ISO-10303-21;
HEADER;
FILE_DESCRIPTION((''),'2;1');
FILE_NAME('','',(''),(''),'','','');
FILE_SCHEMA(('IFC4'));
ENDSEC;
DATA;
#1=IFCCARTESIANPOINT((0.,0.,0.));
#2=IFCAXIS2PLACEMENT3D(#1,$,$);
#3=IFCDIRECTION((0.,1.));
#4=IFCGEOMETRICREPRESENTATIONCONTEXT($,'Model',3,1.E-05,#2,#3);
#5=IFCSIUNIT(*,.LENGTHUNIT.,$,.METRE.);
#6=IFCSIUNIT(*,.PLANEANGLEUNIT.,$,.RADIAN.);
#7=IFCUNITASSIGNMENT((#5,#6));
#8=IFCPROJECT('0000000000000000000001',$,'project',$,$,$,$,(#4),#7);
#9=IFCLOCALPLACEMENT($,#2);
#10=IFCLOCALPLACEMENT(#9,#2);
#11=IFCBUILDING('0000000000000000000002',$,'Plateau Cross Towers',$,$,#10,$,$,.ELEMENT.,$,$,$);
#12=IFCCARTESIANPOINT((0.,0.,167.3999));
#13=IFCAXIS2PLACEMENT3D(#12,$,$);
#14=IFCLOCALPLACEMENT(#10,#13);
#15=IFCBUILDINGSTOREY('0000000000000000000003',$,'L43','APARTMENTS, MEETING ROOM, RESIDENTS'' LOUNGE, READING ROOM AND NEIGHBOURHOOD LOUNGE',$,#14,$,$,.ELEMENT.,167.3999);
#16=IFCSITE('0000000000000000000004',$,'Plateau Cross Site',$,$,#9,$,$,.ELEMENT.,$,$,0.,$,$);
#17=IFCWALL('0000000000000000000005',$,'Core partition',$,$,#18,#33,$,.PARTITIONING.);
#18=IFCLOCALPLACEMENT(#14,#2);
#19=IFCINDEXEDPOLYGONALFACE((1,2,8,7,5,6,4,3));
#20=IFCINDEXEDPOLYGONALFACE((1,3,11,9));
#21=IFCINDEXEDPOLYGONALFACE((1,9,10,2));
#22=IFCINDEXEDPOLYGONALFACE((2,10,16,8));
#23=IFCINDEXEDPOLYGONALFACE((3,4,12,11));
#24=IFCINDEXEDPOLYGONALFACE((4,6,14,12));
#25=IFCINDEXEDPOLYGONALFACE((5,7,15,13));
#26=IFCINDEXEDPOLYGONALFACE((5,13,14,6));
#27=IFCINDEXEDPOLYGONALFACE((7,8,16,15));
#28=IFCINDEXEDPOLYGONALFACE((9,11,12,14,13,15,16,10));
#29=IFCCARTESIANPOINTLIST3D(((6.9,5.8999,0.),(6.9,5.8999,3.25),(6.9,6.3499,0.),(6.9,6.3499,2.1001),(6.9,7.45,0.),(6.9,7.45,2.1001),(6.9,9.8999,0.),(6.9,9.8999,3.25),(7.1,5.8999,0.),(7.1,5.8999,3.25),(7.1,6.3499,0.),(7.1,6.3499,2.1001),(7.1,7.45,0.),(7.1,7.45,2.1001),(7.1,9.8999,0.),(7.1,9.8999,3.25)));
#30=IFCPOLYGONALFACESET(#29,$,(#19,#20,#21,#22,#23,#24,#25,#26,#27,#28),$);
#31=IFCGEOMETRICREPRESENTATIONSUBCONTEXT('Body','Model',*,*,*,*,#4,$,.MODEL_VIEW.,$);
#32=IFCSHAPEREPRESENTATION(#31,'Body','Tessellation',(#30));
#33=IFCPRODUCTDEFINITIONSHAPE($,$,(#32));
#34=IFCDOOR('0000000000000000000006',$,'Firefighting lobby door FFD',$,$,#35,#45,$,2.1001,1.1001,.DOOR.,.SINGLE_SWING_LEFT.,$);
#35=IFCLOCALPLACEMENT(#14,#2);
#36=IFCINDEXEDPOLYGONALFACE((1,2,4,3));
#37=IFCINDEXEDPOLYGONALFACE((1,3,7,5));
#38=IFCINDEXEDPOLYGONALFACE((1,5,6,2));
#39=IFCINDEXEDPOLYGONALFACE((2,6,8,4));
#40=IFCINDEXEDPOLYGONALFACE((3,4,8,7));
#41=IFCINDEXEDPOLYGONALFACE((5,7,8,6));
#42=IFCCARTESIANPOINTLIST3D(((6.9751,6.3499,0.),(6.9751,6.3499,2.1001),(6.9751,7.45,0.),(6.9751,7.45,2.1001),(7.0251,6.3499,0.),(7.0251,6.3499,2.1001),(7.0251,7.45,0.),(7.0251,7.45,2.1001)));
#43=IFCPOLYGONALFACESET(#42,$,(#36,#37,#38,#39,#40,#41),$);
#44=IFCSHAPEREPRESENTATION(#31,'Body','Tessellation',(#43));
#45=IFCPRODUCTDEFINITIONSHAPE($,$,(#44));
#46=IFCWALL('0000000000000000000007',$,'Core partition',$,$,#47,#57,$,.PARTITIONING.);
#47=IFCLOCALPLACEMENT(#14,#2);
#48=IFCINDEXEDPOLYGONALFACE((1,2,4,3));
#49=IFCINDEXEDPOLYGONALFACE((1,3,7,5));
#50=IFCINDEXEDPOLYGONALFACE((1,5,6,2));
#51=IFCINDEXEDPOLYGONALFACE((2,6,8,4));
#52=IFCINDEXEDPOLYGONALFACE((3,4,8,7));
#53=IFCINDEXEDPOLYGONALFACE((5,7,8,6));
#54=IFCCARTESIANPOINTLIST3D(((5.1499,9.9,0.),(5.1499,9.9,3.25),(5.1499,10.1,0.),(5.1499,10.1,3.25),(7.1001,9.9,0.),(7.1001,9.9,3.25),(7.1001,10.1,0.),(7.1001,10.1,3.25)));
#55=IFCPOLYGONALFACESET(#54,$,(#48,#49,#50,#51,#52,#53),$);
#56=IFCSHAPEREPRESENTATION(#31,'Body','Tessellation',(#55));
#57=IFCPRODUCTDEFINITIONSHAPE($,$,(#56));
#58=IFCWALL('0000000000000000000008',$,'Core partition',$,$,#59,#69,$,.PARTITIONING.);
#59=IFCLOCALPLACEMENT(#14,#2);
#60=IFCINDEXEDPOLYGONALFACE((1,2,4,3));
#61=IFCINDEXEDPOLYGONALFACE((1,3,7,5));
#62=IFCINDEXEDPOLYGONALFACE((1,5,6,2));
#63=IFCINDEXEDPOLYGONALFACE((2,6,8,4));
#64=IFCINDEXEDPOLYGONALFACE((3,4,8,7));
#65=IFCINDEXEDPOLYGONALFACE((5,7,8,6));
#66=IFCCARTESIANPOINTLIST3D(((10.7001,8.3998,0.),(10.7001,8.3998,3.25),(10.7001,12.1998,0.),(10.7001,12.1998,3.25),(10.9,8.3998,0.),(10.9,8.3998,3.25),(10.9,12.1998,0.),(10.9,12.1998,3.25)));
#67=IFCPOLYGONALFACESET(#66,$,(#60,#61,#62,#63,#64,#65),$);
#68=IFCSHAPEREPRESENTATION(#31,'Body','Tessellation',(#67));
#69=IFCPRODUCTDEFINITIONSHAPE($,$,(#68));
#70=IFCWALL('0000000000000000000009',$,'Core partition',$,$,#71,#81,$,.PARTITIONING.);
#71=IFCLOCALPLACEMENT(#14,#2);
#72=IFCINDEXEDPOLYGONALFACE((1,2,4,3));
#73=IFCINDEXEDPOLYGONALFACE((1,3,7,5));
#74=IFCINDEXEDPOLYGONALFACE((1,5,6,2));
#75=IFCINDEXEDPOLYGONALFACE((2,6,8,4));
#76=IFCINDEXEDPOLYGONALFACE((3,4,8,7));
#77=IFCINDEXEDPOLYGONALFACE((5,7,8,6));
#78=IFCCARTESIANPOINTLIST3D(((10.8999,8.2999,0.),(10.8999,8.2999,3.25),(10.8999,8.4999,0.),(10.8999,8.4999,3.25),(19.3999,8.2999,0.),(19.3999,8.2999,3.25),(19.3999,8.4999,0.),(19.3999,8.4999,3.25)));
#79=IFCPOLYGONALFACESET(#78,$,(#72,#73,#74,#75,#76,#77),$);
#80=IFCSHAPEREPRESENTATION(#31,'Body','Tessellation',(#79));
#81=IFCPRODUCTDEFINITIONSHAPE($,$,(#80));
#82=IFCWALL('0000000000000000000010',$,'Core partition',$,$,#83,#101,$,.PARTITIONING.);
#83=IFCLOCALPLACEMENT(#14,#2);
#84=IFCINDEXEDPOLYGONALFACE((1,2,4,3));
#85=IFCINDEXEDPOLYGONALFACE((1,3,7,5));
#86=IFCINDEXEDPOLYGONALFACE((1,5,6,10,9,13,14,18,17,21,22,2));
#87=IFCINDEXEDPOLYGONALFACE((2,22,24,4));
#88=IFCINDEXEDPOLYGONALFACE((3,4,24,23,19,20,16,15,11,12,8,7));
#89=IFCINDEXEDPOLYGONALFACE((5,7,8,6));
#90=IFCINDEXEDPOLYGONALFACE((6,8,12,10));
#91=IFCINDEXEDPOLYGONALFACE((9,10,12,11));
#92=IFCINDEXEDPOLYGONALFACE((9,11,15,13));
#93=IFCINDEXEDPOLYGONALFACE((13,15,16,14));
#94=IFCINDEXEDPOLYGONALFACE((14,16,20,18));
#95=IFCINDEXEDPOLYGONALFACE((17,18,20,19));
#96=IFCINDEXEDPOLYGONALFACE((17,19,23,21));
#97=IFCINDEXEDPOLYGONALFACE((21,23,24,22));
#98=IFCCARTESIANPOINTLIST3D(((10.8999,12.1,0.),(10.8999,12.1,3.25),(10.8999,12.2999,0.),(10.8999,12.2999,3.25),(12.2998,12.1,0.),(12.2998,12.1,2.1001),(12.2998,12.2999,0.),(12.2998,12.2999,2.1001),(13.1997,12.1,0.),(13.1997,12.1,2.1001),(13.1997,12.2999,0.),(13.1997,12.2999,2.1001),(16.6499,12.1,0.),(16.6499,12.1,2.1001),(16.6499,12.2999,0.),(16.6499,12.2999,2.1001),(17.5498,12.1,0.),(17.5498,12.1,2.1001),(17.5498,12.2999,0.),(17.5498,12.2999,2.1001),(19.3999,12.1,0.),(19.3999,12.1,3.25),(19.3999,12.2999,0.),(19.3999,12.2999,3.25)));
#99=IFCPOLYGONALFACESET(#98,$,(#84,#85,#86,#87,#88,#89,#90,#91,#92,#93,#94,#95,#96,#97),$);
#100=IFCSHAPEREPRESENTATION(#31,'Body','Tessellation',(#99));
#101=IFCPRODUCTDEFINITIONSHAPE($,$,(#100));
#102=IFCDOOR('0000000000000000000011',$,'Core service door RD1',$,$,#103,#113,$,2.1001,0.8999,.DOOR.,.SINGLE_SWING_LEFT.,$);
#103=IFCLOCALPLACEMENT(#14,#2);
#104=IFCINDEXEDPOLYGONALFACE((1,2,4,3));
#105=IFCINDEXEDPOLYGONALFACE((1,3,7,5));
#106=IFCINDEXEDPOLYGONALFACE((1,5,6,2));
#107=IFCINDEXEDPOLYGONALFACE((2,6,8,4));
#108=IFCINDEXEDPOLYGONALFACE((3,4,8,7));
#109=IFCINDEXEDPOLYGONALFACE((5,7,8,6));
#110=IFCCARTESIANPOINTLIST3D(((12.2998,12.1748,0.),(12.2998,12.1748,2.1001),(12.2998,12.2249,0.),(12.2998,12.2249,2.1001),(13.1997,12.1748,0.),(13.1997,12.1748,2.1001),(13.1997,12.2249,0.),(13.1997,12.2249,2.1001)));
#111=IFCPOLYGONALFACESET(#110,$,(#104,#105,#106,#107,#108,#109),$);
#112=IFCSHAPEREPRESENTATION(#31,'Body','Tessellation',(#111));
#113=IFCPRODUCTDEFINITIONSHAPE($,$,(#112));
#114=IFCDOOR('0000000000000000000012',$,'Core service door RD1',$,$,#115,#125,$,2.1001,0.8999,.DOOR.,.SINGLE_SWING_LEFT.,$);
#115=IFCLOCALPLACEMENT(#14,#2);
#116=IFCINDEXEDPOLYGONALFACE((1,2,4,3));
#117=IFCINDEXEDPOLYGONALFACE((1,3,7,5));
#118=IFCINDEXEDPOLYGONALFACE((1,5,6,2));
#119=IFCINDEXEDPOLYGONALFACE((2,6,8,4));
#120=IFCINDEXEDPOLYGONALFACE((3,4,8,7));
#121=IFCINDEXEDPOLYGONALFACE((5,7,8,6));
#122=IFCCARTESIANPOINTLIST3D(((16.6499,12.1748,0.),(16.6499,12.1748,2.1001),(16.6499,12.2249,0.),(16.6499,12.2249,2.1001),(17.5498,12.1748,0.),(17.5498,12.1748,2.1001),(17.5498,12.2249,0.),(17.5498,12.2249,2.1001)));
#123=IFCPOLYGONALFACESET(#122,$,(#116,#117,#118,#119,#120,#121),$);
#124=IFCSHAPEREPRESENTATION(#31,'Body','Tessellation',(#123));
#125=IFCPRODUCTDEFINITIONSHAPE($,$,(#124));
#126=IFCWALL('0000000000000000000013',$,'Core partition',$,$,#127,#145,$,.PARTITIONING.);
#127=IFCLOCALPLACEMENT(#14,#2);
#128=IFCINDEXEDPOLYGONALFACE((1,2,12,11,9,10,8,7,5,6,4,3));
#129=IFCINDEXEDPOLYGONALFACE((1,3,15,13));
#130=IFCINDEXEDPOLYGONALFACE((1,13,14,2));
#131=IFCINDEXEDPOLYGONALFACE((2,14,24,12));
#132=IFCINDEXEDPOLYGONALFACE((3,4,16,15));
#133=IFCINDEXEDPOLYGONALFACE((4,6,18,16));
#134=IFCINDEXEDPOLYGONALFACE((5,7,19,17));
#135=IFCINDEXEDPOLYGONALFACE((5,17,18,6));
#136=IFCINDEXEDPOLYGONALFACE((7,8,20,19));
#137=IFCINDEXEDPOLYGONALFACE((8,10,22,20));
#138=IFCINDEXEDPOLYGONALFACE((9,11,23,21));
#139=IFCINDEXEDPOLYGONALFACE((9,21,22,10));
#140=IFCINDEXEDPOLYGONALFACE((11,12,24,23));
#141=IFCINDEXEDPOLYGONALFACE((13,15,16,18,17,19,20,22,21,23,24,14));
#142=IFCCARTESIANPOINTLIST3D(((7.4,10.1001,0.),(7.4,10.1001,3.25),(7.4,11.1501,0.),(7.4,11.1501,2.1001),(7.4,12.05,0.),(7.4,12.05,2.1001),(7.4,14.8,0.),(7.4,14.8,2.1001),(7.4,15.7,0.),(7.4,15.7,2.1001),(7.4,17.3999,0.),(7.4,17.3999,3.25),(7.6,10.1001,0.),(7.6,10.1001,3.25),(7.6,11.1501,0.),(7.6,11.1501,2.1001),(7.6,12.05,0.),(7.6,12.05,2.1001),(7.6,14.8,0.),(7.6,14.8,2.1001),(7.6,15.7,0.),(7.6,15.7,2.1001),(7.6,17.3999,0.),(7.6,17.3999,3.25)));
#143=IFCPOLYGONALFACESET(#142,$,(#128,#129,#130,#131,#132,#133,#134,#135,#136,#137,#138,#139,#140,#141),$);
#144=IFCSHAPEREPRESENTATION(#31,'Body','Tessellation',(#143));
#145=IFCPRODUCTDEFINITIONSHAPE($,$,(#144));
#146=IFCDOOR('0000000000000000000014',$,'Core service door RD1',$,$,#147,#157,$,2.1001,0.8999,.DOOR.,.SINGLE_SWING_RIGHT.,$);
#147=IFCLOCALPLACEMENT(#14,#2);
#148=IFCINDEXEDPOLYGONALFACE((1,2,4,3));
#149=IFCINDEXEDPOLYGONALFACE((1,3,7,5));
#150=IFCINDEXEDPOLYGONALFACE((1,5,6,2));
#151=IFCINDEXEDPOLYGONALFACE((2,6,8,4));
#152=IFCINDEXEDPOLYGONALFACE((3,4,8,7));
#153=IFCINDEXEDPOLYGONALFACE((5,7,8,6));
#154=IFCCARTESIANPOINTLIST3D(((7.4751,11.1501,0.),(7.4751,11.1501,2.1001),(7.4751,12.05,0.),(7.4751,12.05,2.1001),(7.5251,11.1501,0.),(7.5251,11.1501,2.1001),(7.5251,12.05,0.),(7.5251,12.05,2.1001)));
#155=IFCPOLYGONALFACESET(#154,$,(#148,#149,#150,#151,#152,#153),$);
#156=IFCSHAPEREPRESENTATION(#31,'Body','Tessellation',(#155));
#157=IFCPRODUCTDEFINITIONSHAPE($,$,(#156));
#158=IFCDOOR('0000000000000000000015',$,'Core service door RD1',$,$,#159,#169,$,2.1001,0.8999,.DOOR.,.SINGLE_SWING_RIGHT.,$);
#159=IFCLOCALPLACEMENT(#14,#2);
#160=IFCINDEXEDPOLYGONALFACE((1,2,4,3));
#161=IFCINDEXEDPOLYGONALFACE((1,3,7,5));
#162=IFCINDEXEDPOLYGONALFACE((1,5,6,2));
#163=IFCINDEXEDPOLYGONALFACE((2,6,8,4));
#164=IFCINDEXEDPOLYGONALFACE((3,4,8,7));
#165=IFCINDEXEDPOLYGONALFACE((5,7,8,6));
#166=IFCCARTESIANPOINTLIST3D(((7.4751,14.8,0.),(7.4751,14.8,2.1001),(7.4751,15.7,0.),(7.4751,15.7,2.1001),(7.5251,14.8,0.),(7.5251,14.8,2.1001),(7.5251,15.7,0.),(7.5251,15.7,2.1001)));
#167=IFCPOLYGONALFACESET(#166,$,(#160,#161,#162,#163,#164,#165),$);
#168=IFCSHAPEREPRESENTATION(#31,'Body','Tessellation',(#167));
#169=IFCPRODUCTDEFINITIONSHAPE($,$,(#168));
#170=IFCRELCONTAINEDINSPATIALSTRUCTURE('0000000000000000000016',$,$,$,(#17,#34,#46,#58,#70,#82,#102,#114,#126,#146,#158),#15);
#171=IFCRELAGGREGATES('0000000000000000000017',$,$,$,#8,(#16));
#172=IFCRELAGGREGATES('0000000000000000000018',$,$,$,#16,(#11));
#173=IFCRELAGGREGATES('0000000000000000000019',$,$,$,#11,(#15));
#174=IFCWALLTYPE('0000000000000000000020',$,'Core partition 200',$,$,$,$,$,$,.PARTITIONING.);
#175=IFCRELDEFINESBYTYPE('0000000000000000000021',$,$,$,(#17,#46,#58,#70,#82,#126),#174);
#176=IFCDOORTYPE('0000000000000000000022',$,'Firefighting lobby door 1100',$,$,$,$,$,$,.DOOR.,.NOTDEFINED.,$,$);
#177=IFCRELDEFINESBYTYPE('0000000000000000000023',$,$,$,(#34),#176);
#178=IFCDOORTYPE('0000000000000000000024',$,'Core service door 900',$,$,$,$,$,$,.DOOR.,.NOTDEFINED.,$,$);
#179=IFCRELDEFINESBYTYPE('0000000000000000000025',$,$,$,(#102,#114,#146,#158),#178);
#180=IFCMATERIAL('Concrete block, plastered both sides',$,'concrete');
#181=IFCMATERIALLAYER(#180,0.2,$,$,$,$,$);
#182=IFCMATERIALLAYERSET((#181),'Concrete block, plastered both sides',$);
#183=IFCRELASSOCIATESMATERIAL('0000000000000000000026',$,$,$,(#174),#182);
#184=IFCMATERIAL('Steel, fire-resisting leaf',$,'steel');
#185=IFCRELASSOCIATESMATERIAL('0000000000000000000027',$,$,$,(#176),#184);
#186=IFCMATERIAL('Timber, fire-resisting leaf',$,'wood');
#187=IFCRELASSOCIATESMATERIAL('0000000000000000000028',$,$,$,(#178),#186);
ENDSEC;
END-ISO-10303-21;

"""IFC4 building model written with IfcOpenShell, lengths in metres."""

from ifc_helpers import new_model, si_unit, direction, frame, frame_2d, origin, place, context, subcontext, project, spatial, rectangle, extrude, material, layer, layer_set, type_object, element, fill, save


model = new_model("IFC4")

# Units and contexts
model_context = context("Model", 3, precision=1e-05, world=origin(), true_north=direction((0.0, 1.0)))
body_context = subcontext(model_context, "Body", "Model", "MODEL_VIEW")
ifc_project = project(units=[si_unit("LENGTHUNIT", "METRE"), si_unit("PLANEANGLEUNIT", "RADIAN")], contexts=[model_context])

# Site, building, storey
site_placement = place(None, origin())
site = spatial("IfcSite", under=ifc_project, at=site_placement, Name="Plateau Cross Site", CompositionType="ELEMENT", RefElevation=0.0)
building_placement = place(site_placement, origin())
building = spatial("IfcBuilding", under=site, at=building_placement, Name="Plateau Cross Towers", CompositionType="ELEMENT")
storey_placement = place(building_placement, frame((0.0, 0.0, 167.3999)))
storey = spatial("IfcBuildingStorey", under=building, at=storey_placement, Name="L43", Description="APARTMENTS, MEETING ROOM, RESIDENTS' LOUNGE, READING ROOM AND NEIGHBOURHOOD LOUNGE", CompositionType="ELEMENT", Elevation=167.3999)

# Wall, opening, door
ifc_material_1 = material(Name="Concrete block, plastered both sides", Category="concrete")
ifc_layer_1 = layer(ifc_material_1, 0.2)
ifc_layer_set_1 = layer_set([ifc_layer_1], Name="Concrete block, plastered both sides")
wall_type_1 = type_object("IfcWallType", Name="Core partition 200", PredefinedType="PARTITIONING", material=ifc_layer_set_1)
wall_1_placement = place(storey_placement, frame((7.0, 5.8999, 0.0), z_axis=(0.0, 0.0, 1.0), x_axis=(0.0, 1.0, 0.0)))
wall_1 = element("IfcWall", 1, at=wall_1_placement, inside=storey, type_object=wall_type_1, Name="Core partition", PredefinedType="PARTITIONING", context=body_context, shape_type="SweptSolid", body=[
    extrude(rectangle(XDim=4.0, YDim=0.2, at=frame_2d((2.0, 0.0))), origin(), (0.0, 0.0, 1.0), 3.25),
])
opening_1_placement = place(wall_1_placement, frame((0.45, 0.0, 0.0)))
opening_1 = element("IfcOpeningElement", 2, at=opening_1_placement, cuts=wall_1, PredefinedType="OPENING", context=body_context, shape_type="SweptSolid", body=[
    extrude(rectangle(XDim=1.1001, YDim=2.1001, at=frame_2d((0.55, 1.05))), frame((0.0, 0.1099, 0.0), z_axis=(0.0, -1.0, 0.0), x_axis=(1.0, 0.0, 0.0)), (0.0, 0.0, 1.0), 0.22),
])
ifc_material_2 = material(Name="Steel, fire-resisting leaf", Category="steel")
door_type_1 = type_object("IfcDoorType", Name="Firefighting lobby door 1100", OperationType="NOTDEFINED", PredefinedType="DOOR", material=ifc_material_2)
door_1_placement = place(opening_1_placement, origin())
door_1 = element("IfcDoor", 3, at=door_1_placement, inside=storey, type_object=door_type_1, Name="Firefighting lobby door FFD", OperationType="SINGLE_SWING_LEFT", OverallHeight=2.1001, OverallWidth=1.1001, PredefinedType="DOOR", context=body_context, shape_type="SweptSolid", body=[
    extrude(rectangle(XDim=1.1001, YDim=2.1001, at=frame_2d((0.55, 1.05))), frame((0.0, 0.0249, 0.0), z_axis=(0.0, -1.0, 0.0), x_axis=(1.0, 0.0, 0.0)), (0.0, 0.0, 1.0), 0.05),
])
fill(opening_1, door_1)

# Walls
wall_2_placement = place(storey_placement, frame((5.1499, 10.0, 0.0), z_axis=(0.0, 0.0, 1.0), x_axis=(1.0, 0.0, 0.0)))
element("IfcWall", 4, at=wall_2_placement, inside=storey, type_object=wall_type_1, Name="Core partition", PredefinedType="PARTITIONING", context=body_context, shape_type="SweptSolid", body=[
    extrude(rectangle(XDim=1.9502, YDim=0.2, at=frame_2d((0.9751, 0.0))), origin(), (0.0, 0.0, 1.0), 3.25),
])
wall_3_placement = place(storey_placement, frame((10.8, 8.3999, 0.0), z_axis=(0.0, 0.0, 1.0), x_axis=(0.0, 1.0, 0.0)))
element("IfcWall", 5, at=wall_3_placement, inside=storey, type_object=wall_type_1, Name="Core partition", PredefinedType="PARTITIONING", context=body_context, shape_type="SweptSolid", body=[
    extrude(rectangle(XDim=3.8, YDim=0.2, at=frame_2d((1.8999, 0.0))), origin(), (0.0, 0.0, 1.0), 3.25),
])
wall_4_placement = place(storey_placement, frame((10.8999, 8.3999, 0.0), z_axis=(0.0, 0.0, 1.0), x_axis=(1.0, 0.0, 0.0)))
element("IfcWall", 6, at=wall_4_placement, inside=storey, type_object=wall_type_1, Name="Core partition", PredefinedType="PARTITIONING", context=body_context, shape_type="SweptSolid", body=[
    extrude(rectangle(XDim=8.5, YDim=0.2, at=frame_2d((4.25, 0.0))), origin(), (0.0, 0.0, 1.0), 3.25),
])

# Walls, openings, doors
wall_5_placement = place(storey_placement, frame((10.8999, 12.2, 0.0), z_axis=(0.0, 0.0, 1.0), x_axis=(1.0, 0.0, 0.0)))
wall_5 = element("IfcWall", 7, at=wall_5_placement, inside=storey, type_object=wall_type_1, Name="Core partition", PredefinedType="PARTITIONING", context=body_context, shape_type="SweptSolid", body=[
    extrude(rectangle(XDim=8.5, YDim=0.2, at=frame_2d((4.25, 0.0))), origin(), (0.0, 0.0, 1.0), 3.25),
])
opening_2_placement = place(wall_5_placement, frame((1.3999, 0.0, 0.0)))
opening_2 = element("IfcOpeningElement", 8, at=opening_2_placement, cuts=wall_5, PredefinedType="OPENING", context=body_context, shape_type="SweptSolid", body=[
    extrude(rectangle(XDim=0.8999, YDim=2.1001, at=frame_2d((0.45, 1.05))), frame((0.0, 0.1099, 0.0), z_axis=(0.0, -1.0, 0.0), x_axis=(1.0, 0.0, 0.0)), (0.0, 0.0, 1.0), 0.22),
])
opening_3_placement = place(wall_5_placement, frame((5.75, 0.0, 0.0)))
opening_3 = element("IfcOpeningElement", 9, at=opening_3_placement, cuts=wall_5, PredefinedType="OPENING", context=body_context, shape_type="SweptSolid", body=[
    extrude(rectangle(XDim=0.8999, YDim=2.1001, at=frame_2d((0.45, 1.05))), frame((0.0, 0.1099, 0.0), z_axis=(0.0, -1.0, 0.0), x_axis=(1.0, 0.0, 0.0)), (0.0, 0.0, 1.0), 0.22),
])
ifc_material_3 = material(Name="Timber, fire-resisting leaf", Category="wood")
door_type_2 = type_object("IfcDoorType", Name="Core service door 900", OperationType="NOTDEFINED", PredefinedType="DOOR", material=ifc_material_3)
door_2_placement = place(opening_2_placement, origin())
door_2 = element("IfcDoor", 10, at=door_2_placement, inside=storey, type_object=door_type_2, Name="Core service door RD1", OperationType="SINGLE_SWING_LEFT", OverallHeight=2.1001, OverallWidth=0.8999, PredefinedType="DOOR", context=body_context, shape_type="SweptSolid", body=[
    extrude(rectangle(XDim=0.8999, YDim=2.1001, at=frame_2d((0.45, 1.05))), frame((0.0, 0.0249, 0.0), z_axis=(0.0, -1.0, 0.0), x_axis=(1.0, 0.0, 0.0)), (0.0, 0.0, 1.0), 0.05),
])
fill(opening_2, door_2)
door_3_placement = place(opening_3_placement, origin())
door_3 = element("IfcDoor", 11, at=door_3_placement, inside=storey, type_object=door_type_2, Name="Core service door RD1", OperationType="SINGLE_SWING_LEFT", OverallHeight=2.1001, OverallWidth=0.8999, PredefinedType="DOOR", context=body_context, shape_type="SweptSolid", body=[
    extrude(rectangle(XDim=0.8999, YDim=2.1001, at=frame_2d((0.45, 1.05))), frame((0.0, 0.0249, 0.0), z_axis=(0.0, -1.0, 0.0), x_axis=(1.0, 0.0, 0.0)), (0.0, 0.0, 1.0), 0.05),
])
fill(opening_3, door_3)
wall_6_placement = place(storey_placement, frame((7.5, 10.1001, 0.0), z_axis=(0.0, 0.0, 1.0), x_axis=(0.0, 1.0, 0.0)))
wall_6 = element("IfcWall", 12, at=wall_6_placement, inside=storey, type_object=wall_type_1, Name="Core partition", PredefinedType="PARTITIONING", context=body_context, shape_type="SweptSolid", body=[
    extrude(rectangle(XDim=7.2998, YDim=0.2, at=frame_2d((3.6499, 0.0))), origin(), (0.0, 0.0, 1.0), 3.25),
])
opening_4_placement = place(wall_6_placement, frame((1.05, 0.0, 0.0)))
opening_4 = element("IfcOpeningElement", 13, at=opening_4_placement, cuts=wall_6, PredefinedType="OPENING", context=body_context, shape_type="SweptSolid", body=[
    extrude(rectangle(XDim=0.8999, YDim=2.1001, at=frame_2d((0.45, 1.05))), frame((0.0, 0.1099, 0.0), z_axis=(0.0, -1.0, 0.0), x_axis=(1.0, 0.0, 0.0)), (0.0, 0.0, 1.0), 0.22),
])
opening_5_placement = place(wall_6_placement, frame((4.7, 0.0, 0.0)))
opening_5 = element("IfcOpeningElement", 14, at=opening_5_placement, cuts=wall_6, PredefinedType="OPENING", context=body_context, shape_type="SweptSolid", body=[
    extrude(rectangle(XDim=0.8999, YDim=2.1001, at=frame_2d((0.45, 1.05))), frame((0.0, 0.1099, 0.0), z_axis=(0.0, -1.0, 0.0), x_axis=(1.0, 0.0, 0.0)), (0.0, 0.0, 1.0), 0.22),
])
door_4_placement = place(opening_4_placement, origin())
door_4 = element("IfcDoor", 15, at=door_4_placement, inside=storey, type_object=door_type_2, Name="Core service door RD1", OperationType="SINGLE_SWING_RIGHT", OverallHeight=2.1001, OverallWidth=0.8999, PredefinedType="DOOR", context=body_context, shape_type="SweptSolid", body=[
    extrude(rectangle(XDim=0.8999, YDim=2.1001, at=frame_2d((0.45, 1.05))), frame((0.0, 0.0249, 0.0), z_axis=(0.0, -1.0, 0.0), x_axis=(1.0, 0.0, 0.0)), (0.0, 0.0, 1.0), 0.05),
])
fill(opening_4, door_4)
door_5_placement = place(opening_5_placement, origin())
door_5 = element("IfcDoor", 16, at=door_5_placement, inside=storey, type_object=door_type_2, Name="Core service door RD1", OperationType="SINGLE_SWING_RIGHT", OverallHeight=2.1001, OverallWidth=0.8999, PredefinedType="DOOR", context=body_context, shape_type="SweptSolid", body=[
    extrude(rectangle(XDim=0.8999, YDim=2.1001, at=frame_2d((0.45, 1.05))), frame((0.0, 0.0249, 0.0), z_axis=(0.0, -1.0, 0.0), x_axis=(1.0, 0.0, 0.0)), (0.0, 0.0, 1.0), 0.05),
])
fill(opening_5, door_5)

save(model, "model.ifc")
